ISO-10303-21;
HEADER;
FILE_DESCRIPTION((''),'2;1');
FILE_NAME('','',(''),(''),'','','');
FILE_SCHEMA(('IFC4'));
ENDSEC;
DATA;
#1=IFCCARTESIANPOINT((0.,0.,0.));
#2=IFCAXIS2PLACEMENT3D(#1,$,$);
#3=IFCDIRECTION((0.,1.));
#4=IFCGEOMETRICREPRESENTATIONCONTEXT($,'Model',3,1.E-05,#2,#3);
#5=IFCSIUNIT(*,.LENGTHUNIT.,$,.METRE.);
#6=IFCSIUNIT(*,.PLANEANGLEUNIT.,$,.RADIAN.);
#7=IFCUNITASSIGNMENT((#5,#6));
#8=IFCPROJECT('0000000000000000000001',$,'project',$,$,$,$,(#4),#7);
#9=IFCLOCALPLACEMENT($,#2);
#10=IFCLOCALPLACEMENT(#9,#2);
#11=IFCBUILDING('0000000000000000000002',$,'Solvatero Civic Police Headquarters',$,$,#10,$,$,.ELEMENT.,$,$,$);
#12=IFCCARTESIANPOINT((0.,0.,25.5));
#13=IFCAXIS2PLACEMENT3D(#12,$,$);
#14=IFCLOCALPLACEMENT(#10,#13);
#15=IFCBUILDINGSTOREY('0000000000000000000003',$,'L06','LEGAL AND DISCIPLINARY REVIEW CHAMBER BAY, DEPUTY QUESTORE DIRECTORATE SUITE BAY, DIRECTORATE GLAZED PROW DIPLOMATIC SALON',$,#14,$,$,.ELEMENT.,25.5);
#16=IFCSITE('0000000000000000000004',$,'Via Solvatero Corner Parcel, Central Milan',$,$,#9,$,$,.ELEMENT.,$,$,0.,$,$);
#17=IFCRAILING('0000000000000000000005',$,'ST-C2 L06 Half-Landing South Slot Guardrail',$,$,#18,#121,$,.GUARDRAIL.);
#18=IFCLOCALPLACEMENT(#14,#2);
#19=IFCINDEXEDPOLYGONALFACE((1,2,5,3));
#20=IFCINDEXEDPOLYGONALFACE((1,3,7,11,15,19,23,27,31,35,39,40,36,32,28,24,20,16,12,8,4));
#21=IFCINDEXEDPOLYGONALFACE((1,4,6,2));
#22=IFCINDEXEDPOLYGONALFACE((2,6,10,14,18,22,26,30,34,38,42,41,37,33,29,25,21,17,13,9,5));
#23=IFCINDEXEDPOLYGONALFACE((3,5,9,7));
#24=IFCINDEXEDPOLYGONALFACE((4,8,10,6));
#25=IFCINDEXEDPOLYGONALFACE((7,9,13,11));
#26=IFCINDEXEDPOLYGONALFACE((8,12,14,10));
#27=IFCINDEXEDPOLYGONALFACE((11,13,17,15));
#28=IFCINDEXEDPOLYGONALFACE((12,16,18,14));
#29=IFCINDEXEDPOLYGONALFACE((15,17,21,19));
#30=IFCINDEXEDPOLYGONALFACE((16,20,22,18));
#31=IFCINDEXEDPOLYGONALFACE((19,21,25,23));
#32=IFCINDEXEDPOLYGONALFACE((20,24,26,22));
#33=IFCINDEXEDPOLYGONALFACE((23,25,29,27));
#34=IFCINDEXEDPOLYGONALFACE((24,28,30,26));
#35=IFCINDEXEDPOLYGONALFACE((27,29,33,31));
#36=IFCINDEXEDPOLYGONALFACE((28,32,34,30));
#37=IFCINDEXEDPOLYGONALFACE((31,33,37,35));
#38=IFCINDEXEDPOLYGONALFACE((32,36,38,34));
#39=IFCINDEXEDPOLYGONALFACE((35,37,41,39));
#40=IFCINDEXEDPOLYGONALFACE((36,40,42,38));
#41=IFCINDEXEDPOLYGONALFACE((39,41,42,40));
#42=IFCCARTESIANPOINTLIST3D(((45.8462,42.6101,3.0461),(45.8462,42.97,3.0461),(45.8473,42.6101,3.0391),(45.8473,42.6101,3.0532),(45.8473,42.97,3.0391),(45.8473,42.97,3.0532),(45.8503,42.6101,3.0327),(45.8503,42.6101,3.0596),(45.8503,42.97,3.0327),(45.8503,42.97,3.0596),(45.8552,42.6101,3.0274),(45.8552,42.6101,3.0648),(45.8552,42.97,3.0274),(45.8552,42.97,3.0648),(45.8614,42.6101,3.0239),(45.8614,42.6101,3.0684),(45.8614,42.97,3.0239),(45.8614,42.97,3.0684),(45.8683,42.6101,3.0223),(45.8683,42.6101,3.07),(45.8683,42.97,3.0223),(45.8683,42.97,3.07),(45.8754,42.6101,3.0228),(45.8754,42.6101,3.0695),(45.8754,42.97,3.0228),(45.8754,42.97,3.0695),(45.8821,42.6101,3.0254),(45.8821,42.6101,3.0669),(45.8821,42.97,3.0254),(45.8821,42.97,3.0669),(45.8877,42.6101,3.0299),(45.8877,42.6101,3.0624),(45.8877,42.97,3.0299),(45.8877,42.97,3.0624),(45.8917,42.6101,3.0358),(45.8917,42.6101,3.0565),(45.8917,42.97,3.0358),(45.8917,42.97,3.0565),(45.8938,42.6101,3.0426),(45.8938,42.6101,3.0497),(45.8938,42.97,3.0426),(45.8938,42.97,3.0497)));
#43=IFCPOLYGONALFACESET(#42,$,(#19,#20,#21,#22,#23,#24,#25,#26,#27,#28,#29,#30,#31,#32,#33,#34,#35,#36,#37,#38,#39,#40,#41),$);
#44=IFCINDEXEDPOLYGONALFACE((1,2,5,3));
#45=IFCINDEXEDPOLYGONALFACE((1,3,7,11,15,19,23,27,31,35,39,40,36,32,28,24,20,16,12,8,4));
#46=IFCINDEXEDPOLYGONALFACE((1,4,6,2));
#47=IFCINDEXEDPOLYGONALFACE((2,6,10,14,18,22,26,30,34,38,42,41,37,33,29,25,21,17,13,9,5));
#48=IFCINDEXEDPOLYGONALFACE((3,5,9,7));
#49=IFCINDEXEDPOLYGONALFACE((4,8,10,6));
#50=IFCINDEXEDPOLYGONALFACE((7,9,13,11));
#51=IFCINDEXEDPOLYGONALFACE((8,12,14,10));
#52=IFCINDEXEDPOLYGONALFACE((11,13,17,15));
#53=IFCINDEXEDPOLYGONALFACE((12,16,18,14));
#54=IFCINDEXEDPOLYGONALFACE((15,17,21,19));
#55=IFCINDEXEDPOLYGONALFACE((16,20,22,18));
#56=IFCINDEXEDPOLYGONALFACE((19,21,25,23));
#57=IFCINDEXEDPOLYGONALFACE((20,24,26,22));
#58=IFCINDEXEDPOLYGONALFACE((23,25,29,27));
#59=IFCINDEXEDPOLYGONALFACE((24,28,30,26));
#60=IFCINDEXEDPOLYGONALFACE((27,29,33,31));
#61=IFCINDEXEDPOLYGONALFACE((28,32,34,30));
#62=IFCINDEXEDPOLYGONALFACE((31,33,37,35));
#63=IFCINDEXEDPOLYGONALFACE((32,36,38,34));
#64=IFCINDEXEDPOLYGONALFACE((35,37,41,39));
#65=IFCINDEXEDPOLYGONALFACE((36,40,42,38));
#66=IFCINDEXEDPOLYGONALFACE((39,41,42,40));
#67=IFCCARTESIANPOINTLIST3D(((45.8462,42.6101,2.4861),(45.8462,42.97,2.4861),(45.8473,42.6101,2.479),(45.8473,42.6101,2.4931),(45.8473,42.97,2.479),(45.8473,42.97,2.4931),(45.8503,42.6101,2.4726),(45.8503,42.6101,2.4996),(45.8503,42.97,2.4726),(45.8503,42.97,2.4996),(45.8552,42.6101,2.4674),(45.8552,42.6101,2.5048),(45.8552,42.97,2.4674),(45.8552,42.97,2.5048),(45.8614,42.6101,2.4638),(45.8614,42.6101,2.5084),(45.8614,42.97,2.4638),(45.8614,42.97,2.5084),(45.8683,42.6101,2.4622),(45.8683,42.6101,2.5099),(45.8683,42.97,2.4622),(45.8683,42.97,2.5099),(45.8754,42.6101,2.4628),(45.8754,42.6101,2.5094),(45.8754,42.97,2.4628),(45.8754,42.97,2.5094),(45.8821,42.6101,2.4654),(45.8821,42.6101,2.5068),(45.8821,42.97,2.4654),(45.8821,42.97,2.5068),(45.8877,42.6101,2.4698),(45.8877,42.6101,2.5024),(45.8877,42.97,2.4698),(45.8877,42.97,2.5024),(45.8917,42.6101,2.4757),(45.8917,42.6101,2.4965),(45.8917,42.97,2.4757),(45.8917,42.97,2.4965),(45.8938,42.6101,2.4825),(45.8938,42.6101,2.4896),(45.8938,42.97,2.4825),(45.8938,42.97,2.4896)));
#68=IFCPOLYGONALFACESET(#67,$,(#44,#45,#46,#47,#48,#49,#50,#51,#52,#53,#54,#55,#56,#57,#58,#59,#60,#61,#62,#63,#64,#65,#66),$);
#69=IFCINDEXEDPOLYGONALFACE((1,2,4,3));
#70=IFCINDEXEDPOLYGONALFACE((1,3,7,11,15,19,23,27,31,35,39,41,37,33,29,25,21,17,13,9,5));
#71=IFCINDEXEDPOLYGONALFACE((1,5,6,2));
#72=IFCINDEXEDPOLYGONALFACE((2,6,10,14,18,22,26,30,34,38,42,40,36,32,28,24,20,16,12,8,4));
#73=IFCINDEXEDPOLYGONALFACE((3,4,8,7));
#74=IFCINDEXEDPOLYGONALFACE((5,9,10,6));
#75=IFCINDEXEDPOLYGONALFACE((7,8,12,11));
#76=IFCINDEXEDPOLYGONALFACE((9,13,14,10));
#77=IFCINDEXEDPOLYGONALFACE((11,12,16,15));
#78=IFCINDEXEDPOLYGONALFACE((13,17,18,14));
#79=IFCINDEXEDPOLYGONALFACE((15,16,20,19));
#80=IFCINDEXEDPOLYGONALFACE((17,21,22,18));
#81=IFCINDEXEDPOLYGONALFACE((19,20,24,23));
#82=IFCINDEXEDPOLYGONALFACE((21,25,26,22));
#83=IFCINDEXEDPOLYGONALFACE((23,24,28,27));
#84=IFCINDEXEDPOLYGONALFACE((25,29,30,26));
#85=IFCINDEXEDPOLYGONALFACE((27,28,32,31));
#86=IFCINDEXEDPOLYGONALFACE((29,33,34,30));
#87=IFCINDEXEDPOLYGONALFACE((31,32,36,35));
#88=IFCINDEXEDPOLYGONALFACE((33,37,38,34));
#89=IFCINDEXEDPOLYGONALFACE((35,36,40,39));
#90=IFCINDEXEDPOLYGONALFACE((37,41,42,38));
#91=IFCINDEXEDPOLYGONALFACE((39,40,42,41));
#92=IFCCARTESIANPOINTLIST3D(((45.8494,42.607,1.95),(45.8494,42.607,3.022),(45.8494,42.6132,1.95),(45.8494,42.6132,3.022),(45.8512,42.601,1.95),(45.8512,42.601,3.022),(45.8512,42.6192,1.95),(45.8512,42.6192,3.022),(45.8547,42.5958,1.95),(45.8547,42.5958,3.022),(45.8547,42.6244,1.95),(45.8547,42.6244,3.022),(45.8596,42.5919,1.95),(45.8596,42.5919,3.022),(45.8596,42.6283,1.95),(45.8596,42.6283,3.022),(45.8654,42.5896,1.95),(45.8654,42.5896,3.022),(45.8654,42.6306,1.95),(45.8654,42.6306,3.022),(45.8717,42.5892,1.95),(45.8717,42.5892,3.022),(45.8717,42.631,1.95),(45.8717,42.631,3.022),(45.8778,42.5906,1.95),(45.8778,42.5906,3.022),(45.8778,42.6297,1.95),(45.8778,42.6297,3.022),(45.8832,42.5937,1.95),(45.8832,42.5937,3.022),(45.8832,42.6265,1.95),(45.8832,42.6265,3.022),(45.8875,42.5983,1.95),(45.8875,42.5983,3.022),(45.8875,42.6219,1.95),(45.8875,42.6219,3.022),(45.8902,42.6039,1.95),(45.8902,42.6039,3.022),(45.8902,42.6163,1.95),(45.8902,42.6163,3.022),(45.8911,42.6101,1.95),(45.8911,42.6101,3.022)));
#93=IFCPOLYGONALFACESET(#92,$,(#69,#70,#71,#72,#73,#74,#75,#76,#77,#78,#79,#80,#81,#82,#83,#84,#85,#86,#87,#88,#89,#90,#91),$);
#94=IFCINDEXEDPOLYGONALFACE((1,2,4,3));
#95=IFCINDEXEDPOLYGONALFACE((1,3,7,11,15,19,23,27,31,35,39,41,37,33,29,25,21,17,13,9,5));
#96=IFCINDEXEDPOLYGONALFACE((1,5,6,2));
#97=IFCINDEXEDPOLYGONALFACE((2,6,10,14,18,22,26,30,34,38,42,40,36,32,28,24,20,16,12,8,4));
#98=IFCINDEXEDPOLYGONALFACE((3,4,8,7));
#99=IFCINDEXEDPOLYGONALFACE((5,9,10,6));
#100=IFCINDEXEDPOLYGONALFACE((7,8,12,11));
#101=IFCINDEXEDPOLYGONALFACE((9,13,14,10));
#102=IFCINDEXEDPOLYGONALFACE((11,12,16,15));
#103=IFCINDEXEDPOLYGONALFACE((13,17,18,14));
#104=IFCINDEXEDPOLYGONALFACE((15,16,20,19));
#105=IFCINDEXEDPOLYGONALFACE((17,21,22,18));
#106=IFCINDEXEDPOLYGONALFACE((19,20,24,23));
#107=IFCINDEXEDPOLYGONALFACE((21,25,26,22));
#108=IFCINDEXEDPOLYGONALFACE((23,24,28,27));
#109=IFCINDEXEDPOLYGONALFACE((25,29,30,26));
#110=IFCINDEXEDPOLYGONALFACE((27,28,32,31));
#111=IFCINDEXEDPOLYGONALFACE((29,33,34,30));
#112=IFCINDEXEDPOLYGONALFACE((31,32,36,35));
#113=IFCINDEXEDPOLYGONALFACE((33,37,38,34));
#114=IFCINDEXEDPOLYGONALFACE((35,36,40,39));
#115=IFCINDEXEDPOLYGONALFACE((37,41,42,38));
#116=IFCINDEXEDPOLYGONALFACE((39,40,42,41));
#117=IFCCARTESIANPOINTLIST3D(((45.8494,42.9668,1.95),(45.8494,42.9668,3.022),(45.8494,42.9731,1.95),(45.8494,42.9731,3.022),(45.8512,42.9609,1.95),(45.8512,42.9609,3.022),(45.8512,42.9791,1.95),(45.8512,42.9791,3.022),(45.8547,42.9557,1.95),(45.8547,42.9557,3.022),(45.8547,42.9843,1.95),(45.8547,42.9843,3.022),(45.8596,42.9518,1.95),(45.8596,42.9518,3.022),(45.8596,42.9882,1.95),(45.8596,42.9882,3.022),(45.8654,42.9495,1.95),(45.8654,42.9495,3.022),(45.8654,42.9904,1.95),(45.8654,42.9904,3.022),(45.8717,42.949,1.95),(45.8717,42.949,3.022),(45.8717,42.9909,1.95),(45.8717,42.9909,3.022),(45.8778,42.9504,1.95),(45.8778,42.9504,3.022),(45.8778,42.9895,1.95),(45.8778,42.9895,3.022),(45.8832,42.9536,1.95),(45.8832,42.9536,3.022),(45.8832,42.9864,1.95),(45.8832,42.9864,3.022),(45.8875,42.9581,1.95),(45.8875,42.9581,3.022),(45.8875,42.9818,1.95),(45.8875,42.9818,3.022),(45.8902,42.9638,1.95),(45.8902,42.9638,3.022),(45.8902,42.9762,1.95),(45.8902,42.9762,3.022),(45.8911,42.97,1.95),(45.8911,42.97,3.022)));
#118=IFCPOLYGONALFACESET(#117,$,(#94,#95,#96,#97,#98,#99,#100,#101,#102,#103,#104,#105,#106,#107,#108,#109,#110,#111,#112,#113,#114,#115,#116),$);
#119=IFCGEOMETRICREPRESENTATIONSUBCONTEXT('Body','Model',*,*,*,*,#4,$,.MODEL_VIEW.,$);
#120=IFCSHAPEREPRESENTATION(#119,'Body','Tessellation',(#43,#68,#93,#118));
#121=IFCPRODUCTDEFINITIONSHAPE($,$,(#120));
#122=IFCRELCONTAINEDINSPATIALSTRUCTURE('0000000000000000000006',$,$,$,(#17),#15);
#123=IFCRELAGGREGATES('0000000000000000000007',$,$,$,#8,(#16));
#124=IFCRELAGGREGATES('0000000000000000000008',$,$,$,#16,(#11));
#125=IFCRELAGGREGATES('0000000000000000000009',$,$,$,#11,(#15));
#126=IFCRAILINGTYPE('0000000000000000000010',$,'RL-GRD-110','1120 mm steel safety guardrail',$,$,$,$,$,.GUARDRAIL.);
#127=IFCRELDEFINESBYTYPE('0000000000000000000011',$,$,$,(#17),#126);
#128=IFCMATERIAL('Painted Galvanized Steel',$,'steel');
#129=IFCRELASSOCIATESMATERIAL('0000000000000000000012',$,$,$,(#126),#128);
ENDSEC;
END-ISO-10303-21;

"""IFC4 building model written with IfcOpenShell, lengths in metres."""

from ifc_helpers import new_model, si_unit, direction, frame, origin, origin_2d, place, context, subcontext, project, spatial, circle, extrude, material, type_object, element, save


model = new_model("IFC4")

# Units and contexts
model_context = context("Model", 3, precision=1e-05, world=origin(), true_north=direction((0.0, 1.0)))
body_context = subcontext(model_context, "Body", "Model", "MODEL_VIEW")
ifc_project = project(units=[si_unit("LENGTHUNIT", "METRE"), si_unit("PLANEANGLEUNIT", "RADIAN")], contexts=[model_context])

# Site, building, storey
site_placement = place(None, origin())
site = spatial("IfcSite", under=ifc_project, at=site_placement, Name="Via Solvatero Corner Parcel, Central Milan", CompositionType="ELEMENT", RefElevation=0.0)
building_placement = place(site_placement, origin())
building = spatial("IfcBuilding", under=site, at=building_placement, Name="Solvatero Civic Police Headquarters", CompositionType="ELEMENT")
storey_placement = place(building_placement, frame((0.0, 0.0, 25.5)))
storey = spatial("IfcBuildingStorey", under=building, at=storey_placement, Name="L06", Description="LEGAL AND DISCIPLINARY REVIEW CHAMBER BAY, DEPUTY QUESTORE DIRECTORATE SUITE BAY, DIRECTORATE GLAZED PROW DIPLOMATIC SALON", CompositionType="ELEMENT", Elevation=25.5)

# Railing
ifc_material_1 = material(Name="Painted Galvanized Steel", Category="steel")
railing_type_1 = type_object("IfcRailingType", Name="RL-GRD-110", Description="1120 mm steel safety guardrail", PredefinedType="GUARDRAIL", material=ifc_material_1)
railing_1_placement = place(storey_placement, frame((45.8701, 42.6101, 1.95)))
element("IfcRailing", 1, at=railing_1_placement, inside=storey, type_object=railing_type_1, Name="ST-C2 L06 Half-Landing South Slot Guardrail", PredefinedType="GUARDRAIL", context=body_context, shape_type="SweptSolid", body=[
    extrude(circle(Radius=0.0239, at=origin_2d()), frame((0.0, 0.0, 1.0962), z_axis=(0.0, 1.0, 0.0), x_axis=(-1.0, 0.0, 0.0)), (0.0, 0.0, 1.0), 0.3599),
    extrude(circle(Radius=0.0239, at=origin_2d()), frame((0.0, 0.0, 0.5361), z_axis=(0.0, 1.0, 0.0), x_axis=(-1.0, 0.0, 0.0)), (0.0, 0.0, 1.0), 0.3599),
    extrude(circle(Radius=0.021, at=origin_2d()), origin(), (0.0, 0.0, 1.0), 1.072),
    extrude(circle(Radius=0.021, at=origin_2d()), frame((0.0, 0.3599, 0.0)), (0.0, 0.0, 1.0), 1.072),
])

save(model, "model.ifc")
